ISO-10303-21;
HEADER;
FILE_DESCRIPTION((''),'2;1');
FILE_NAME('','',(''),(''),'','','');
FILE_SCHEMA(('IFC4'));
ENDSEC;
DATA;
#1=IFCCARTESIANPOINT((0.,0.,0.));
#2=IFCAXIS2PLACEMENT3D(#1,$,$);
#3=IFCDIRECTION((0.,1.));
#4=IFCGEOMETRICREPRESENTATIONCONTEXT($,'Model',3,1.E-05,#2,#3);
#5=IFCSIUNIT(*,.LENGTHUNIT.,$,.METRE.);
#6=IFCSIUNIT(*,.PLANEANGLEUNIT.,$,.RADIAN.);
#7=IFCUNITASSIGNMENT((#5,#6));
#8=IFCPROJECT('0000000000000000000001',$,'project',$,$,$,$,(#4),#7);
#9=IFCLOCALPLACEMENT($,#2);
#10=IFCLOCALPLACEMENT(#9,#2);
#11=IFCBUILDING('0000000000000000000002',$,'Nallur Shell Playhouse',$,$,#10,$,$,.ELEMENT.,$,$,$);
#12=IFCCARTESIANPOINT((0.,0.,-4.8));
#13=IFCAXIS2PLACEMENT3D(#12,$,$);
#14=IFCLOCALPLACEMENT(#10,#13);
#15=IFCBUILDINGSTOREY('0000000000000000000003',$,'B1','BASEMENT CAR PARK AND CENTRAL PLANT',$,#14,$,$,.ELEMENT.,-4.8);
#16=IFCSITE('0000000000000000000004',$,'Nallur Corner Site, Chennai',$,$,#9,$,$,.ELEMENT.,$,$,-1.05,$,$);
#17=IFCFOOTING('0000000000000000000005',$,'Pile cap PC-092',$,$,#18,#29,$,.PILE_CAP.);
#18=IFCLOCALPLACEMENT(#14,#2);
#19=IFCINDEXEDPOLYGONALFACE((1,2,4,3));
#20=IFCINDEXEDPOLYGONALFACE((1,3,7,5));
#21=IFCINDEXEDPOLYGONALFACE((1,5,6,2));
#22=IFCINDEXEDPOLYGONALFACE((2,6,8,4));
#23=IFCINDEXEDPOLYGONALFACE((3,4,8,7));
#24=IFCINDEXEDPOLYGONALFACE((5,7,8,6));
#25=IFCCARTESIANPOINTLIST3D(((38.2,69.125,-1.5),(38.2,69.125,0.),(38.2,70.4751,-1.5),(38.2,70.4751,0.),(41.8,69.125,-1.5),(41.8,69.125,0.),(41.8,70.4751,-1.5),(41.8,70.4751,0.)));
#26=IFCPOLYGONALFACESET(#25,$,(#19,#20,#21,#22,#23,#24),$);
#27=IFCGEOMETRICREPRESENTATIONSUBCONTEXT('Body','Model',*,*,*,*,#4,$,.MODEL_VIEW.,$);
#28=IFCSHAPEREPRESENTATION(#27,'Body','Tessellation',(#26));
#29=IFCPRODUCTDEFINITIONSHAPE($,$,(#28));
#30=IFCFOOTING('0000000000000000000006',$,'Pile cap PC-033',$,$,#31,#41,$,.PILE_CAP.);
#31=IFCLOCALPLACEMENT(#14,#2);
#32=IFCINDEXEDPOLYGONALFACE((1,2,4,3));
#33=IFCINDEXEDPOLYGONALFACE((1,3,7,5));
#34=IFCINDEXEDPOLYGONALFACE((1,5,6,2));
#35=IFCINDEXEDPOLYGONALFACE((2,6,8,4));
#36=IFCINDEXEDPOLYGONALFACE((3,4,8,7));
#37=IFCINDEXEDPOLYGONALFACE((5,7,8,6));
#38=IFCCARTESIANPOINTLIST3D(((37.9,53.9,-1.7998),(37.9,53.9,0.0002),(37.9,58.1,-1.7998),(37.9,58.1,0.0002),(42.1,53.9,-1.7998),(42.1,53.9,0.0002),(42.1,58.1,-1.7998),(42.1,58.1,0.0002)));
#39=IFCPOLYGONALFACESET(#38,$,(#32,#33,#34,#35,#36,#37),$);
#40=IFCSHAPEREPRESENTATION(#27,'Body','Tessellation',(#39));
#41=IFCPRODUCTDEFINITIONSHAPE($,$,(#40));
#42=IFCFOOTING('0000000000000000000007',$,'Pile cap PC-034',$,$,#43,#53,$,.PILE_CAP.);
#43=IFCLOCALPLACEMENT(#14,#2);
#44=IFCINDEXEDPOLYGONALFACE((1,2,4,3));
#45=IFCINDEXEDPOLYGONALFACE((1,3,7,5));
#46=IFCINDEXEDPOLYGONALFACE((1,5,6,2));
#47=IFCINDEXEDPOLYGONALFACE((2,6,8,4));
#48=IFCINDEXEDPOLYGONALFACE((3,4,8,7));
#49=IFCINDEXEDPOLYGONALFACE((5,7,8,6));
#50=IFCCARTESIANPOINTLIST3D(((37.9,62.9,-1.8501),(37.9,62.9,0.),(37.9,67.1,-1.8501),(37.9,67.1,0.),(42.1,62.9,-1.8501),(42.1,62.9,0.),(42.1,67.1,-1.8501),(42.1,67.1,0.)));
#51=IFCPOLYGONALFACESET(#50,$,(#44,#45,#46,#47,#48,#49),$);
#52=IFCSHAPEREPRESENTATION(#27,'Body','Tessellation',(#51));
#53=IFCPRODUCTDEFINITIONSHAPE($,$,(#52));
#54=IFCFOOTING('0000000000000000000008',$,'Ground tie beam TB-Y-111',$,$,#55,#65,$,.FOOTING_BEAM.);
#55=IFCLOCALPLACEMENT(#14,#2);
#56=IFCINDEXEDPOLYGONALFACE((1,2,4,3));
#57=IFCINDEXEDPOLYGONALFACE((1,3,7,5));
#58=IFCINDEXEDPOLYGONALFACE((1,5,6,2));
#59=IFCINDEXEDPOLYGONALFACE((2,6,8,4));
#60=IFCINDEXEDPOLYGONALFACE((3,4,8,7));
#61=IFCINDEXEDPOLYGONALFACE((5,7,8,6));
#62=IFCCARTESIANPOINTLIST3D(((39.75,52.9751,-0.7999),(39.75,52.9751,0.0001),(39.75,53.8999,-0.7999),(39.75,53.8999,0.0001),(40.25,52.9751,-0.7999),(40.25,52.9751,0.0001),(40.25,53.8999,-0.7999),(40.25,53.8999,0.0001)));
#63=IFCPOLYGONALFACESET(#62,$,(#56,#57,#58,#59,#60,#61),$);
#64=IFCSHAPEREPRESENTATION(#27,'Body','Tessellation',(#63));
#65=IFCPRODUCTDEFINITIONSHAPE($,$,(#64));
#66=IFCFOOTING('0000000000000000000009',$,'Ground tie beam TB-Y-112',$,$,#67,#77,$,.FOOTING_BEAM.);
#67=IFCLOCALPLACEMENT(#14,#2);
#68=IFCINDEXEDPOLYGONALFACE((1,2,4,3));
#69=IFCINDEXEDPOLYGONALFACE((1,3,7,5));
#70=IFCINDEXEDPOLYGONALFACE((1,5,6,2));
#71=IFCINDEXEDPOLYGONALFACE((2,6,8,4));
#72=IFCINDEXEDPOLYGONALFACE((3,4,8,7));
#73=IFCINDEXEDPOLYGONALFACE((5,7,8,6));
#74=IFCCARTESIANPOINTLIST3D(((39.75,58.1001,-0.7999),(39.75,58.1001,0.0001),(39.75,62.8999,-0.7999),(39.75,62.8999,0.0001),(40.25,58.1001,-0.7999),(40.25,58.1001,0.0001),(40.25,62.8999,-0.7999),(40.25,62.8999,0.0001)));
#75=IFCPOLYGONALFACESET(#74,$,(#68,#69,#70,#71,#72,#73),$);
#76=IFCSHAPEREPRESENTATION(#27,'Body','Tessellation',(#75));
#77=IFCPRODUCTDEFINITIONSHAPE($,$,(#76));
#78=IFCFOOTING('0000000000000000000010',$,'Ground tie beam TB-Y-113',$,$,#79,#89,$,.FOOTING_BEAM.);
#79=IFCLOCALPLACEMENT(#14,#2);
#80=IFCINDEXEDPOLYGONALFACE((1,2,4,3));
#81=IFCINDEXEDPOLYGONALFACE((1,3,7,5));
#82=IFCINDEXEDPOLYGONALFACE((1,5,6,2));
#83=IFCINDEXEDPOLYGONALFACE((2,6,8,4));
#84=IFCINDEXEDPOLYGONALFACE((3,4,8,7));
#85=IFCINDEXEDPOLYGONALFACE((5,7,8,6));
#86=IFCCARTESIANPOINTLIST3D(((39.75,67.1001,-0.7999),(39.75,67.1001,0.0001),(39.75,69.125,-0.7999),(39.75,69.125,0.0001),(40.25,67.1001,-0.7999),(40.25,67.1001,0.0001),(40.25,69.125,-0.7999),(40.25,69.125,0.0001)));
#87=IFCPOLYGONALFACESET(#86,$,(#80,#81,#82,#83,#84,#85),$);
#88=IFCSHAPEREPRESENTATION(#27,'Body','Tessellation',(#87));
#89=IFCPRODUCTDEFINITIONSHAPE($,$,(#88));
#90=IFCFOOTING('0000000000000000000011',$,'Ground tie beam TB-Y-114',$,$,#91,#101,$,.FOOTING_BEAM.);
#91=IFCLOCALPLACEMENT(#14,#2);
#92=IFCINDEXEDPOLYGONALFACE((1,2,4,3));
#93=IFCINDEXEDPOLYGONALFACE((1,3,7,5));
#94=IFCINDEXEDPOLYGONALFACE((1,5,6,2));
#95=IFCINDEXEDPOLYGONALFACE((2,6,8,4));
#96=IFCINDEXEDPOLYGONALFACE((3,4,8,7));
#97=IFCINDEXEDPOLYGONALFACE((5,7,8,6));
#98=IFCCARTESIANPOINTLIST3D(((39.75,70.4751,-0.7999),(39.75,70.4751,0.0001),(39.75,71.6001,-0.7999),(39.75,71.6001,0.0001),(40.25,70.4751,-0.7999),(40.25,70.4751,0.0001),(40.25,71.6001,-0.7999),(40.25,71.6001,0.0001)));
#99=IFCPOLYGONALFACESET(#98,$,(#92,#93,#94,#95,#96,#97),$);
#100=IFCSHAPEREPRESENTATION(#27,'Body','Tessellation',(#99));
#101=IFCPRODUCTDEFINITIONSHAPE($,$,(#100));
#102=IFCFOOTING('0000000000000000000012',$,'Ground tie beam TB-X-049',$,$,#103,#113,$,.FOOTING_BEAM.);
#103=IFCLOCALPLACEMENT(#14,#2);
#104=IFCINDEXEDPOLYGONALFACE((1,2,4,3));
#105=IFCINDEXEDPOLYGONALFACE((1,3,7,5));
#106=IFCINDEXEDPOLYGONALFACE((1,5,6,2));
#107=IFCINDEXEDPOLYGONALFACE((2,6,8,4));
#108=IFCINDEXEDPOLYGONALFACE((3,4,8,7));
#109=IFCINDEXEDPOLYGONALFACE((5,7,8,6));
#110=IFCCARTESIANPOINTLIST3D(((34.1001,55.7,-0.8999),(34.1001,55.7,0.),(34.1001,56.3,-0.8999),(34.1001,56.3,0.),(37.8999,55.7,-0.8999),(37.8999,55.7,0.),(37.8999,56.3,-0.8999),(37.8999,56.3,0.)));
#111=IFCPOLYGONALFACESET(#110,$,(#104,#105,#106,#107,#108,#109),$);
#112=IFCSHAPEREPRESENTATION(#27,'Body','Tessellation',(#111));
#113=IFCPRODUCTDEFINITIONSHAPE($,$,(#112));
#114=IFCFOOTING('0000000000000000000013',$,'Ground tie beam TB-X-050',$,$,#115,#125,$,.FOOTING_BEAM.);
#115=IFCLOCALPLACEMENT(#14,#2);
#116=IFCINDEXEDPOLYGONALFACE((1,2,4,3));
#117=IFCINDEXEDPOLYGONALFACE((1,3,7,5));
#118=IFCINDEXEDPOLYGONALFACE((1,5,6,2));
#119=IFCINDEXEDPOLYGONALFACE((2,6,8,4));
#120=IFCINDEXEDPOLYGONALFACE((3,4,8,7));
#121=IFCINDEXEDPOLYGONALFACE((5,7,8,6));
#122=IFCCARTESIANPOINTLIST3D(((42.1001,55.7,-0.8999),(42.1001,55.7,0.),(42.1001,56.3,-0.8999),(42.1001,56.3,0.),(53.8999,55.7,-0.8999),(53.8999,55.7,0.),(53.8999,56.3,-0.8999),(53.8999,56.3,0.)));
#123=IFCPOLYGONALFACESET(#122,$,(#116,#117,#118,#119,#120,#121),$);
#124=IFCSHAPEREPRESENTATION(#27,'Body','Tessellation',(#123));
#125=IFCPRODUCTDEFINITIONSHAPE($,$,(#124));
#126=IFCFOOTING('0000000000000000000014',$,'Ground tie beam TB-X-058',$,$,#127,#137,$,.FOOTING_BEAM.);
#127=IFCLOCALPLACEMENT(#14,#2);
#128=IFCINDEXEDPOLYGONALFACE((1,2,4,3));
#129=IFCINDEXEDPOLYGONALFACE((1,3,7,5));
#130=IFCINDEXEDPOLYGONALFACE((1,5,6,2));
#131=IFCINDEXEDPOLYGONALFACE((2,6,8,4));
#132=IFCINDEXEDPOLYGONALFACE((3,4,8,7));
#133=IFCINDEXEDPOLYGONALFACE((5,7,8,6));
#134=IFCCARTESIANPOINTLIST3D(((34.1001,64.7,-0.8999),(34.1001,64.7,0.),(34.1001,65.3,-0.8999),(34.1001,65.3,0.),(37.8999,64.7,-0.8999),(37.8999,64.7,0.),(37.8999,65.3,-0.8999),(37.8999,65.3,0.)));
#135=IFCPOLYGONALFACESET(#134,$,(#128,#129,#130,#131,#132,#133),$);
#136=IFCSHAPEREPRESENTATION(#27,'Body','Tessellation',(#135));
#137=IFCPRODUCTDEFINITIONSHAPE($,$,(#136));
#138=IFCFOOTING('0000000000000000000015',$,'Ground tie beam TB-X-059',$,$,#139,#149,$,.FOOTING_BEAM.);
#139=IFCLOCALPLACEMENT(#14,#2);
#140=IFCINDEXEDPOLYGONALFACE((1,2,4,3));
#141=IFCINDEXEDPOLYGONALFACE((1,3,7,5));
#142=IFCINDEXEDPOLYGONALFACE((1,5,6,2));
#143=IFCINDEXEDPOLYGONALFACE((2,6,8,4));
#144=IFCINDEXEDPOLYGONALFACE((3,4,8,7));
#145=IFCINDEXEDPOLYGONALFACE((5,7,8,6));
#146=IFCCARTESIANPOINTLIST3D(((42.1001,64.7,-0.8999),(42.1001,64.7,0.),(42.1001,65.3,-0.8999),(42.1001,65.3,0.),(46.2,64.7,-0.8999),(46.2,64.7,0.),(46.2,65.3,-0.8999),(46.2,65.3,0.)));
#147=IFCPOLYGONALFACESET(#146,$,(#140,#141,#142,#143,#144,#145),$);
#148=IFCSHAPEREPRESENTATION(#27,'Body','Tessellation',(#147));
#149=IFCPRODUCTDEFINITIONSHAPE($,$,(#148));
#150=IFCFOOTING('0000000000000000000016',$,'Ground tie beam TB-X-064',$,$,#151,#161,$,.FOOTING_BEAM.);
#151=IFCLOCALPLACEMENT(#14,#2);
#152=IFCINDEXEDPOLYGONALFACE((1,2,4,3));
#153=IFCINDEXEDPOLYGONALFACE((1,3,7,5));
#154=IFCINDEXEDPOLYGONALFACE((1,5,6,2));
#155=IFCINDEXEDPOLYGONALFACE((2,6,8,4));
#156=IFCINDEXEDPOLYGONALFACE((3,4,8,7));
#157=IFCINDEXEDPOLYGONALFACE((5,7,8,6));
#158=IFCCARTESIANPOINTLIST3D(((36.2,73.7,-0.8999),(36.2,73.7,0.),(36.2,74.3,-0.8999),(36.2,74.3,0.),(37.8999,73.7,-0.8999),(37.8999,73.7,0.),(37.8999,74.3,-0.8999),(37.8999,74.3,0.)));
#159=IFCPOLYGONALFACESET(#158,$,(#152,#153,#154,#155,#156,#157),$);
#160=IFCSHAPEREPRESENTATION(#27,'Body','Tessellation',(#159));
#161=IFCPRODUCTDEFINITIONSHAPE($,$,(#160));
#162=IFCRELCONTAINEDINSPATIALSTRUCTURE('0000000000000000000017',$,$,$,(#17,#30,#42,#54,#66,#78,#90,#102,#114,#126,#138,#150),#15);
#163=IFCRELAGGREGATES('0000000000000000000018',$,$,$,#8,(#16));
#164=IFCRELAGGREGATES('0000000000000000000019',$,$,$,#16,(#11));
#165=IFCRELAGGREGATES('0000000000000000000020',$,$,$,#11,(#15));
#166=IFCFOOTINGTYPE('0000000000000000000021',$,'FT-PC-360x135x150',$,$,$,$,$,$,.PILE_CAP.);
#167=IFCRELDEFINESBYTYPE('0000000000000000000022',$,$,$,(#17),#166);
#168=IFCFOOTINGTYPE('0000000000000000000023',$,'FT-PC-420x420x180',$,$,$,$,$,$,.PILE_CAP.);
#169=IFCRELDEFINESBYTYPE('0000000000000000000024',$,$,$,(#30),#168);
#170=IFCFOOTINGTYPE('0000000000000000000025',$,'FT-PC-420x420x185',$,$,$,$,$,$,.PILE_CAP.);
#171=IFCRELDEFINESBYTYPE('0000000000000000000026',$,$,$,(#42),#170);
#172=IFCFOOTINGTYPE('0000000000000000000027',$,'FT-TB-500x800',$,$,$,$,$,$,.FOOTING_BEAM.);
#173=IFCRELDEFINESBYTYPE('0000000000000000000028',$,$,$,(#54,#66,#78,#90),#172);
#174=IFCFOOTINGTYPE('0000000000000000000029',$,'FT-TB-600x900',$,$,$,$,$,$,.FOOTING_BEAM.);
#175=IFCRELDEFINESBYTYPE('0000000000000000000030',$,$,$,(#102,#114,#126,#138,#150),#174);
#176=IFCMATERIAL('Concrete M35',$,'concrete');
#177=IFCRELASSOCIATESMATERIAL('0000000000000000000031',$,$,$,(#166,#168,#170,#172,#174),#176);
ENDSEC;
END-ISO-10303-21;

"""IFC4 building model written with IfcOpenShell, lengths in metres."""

from ifc_helpers import new_model, si_unit, direction, frame, origin, origin_2d, place, context, subcontext, project, spatial, rectangle, extrude, material, material_profile, profile_set, type_object, element, save


model = new_model("IFC4")

# Units and contexts
model_context = context("Model", 3, precision=1e-05, world=origin(), true_north=direction((0.0, 1.0)))
body_context = subcontext(model_context, "Body", "Model", "MODEL_VIEW")
ifc_project = project(units=[si_unit("LENGTHUNIT", "METRE"), si_unit("PLANEANGLEUNIT", "RADIAN")], contexts=[model_context])

# Site, building, storey
site_placement = place(None, origin())
site = spatial("IfcSite", under=ifc_project, at=site_placement, Name="Nallur Corner Site, Chennai", CompositionType="ELEMENT", RefElevation=-1.05)
building_placement = place(site_placement, origin())
building = spatial("IfcBuilding", under=site, at=building_placement, Name="Nallur Shell Playhouse", CompositionType="ELEMENT")
storey_placement = place(building_placement, frame((0.0, 0.0, -4.8)))
storey = spatial("IfcBuildingStorey", under=building, at=storey_placement, Name="B1", Description="BASEMENT CAR PARK AND CENTRAL PLANT", CompositionType="ELEMENT", Elevation=-4.8)

# Footings
ifc_material_1 = material(Name="Concrete M35", Category="concrete")
footing_type_1 = type_object("IfcFootingType", Name="FT-PC-360x135x150", PredefinedType="PILE_CAP", material=ifc_material_1)
footing_1_placement = place(storey_placement, frame((40.0, 69.8, -1.5), z_axis=(0.0, 0.0, 1.0), x_axis=(1.0, 0.0, 0.0)))
element("IfcFooting", 1, at=footing_1_placement, inside=storey, type_object=footing_type_1, Name="Pile cap PC-092", PredefinedType="PILE_CAP", context=body_context, shape_type="SweptSolid", body=[
    extrude(rectangle(XDim=3.6001, YDim=1.3501, at=origin_2d()), origin(), (0.0, 0.0, 1.0), 1.5),
])
footing_type_2 = type_object("IfcFootingType", Name="FT-PC-420x420x180", PredefinedType="PILE_CAP", material=ifc_material_1)
footing_2_placement = place(storey_placement, frame((40.0, 56.0, -1.7998), z_axis=(0.0, 0.0, 1.0), x_axis=(1.0, 0.0, 0.0)))
element("IfcFooting", 2, at=footing_2_placement, inside=storey, type_object=footing_type_2, Name="Pile cap PC-033", PredefinedType="PILE_CAP", context=body_context, shape_type="SweptSolid", body=[
    extrude(rectangle(XDim=4.2, YDim=4.2, at=origin_2d()), origin(), (0.0, 0.0, 1.0), 1.8),
])
footing_type_3 = type_object("IfcFootingType", Name="FT-PC-420x420x185", PredefinedType="PILE_CAP", material=ifc_material_1)
footing_3_placement = place(storey_placement, frame((40.0, 65.0, -1.8501), z_axis=(0.0, 0.0, 1.0), x_axis=(1.0, 0.0, 0.0)))
element("IfcFooting", 3, at=footing_3_placement, inside=storey, type_object=footing_type_3, Name="Pile cap PC-034", PredefinedType="PILE_CAP", context=body_context, shape_type="SweptSolid", body=[
    extrude(rectangle(XDim=4.2, YDim=4.2, at=origin_2d()), origin(), (0.0, 0.0, 1.0), 1.8501),
])
ifc_material_profile_1 = material_profile(ifc_material_1, rectangle(XDim=0.5, YDim=0.8, at=origin_2d()), Name="RC 500x800")
ifc_profile_set_1 = profile_set([ifc_material_profile_1], Name="Concrete M35")
footing_type_4 = type_object("IfcFootingType", Name="FT-TB-500x800", PredefinedType="FOOTING_BEAM", material=ifc_profile_set_1)
footing_4_placement = place(storey_placement, frame((40.0, 52.9751, -0.3999), z_axis=(0.0, 1.0, 0.0), x_axis=(-1.0, 0.0, 0.0)))
element("IfcFooting", 4, at=footing_4_placement, inside=storey, type_object=footing_type_4, Name="Ground tie beam TB-Y-111", PredefinedType="FOOTING_BEAM", context=body_context, shape_type="SweptSolid", body=[
    extrude(rectangle(XDim=0.5, YDim=0.8, at=origin_2d()), origin(), (0.0, 0.0, 1.0), 0.9248),
])
footing_5_placement = place(storey_placement, frame((40.0, 58.1001, -0.3999), z_axis=(0.0, 1.0, 0.0), x_axis=(-1.0, 0.0, 0.0)))
element("IfcFooting", 5, at=footing_5_placement, inside=storey, type_object=footing_type_4, Name="Ground tie beam TB-Y-112", PredefinedType="FOOTING_BEAM", context=body_context, shape_type="SweptSolid", body=[
    extrude(rectangle(XDim=0.5, YDim=0.8, at=origin_2d()), origin(), (0.0, 0.0, 1.0), 4.7998),
])
footing_6_placement = place(storey_placement, frame((40.0, 67.1001, -0.3999), z_axis=(0.0, 1.0, 0.0), x_axis=(-1.0, 0.0, 0.0)))
element("IfcFooting", 6, at=footing_6_placement, inside=storey, type_object=footing_type_4, Name="Ground tie beam TB-Y-113", PredefinedType="FOOTING_BEAM", context=body_context, shape_type="SweptSolid", body=[
    extrude(rectangle(XDim=0.5, YDim=0.8, at=origin_2d()), origin(), (0.0, 0.0, 1.0), 2.0249),
])
footing_7_placement = place(storey_placement, frame((40.0, 70.4751, -0.3999), z_axis=(0.0, 1.0, 0.0), x_axis=(-1.0, 0.0, 0.0)))
element("IfcFooting", 7, at=footing_7_placement, inside=storey, type_object=footing_type_4, Name="Ground tie beam TB-Y-114", PredefinedType="FOOTING_BEAM", context=body_context, shape_type="SweptSolid", body=[
    extrude(rectangle(XDim=0.5, YDim=0.8, at=origin_2d()), origin(), (0.0, 0.0, 1.0), 1.125),
])
ifc_material_profile_2 = material_profile(ifc_material_1, rectangle(XDim=0.6001, YDim=0.8999, at=origin_2d()), Name="RC 600x900")
ifc_profile_set_2 = profile_set([ifc_material_profile_2], Name="Concrete M35")
footing_type_5 = type_object("IfcFootingType", Name="FT-TB-600x900", PredefinedType="FOOTING_BEAM", material=ifc_profile_set_2)
footing_8_placement = place(storey_placement, frame((34.1001, 56.0, -0.45), z_axis=(1.0, 0.0, 0.0), x_axis=(0.0, 1.0, 0.0)))
element("IfcFooting", 8, at=footing_8_placement, inside=storey, type_object=footing_type_5, Name="Ground tie beam TB-X-049", PredefinedType="FOOTING_BEAM", context=body_context, shape_type="SweptSolid", body=[
    extrude(rectangle(XDim=0.6001, YDim=0.8999, at=origin_2d()), origin(), (0.0, 0.0, 1.0), 3.7998),
])
footing_9_placement = place(storey_placement, frame((42.1001, 56.0, -0.45), z_axis=(1.0, 0.0, 0.0), x_axis=(0.0, 1.0, 0.0)))
element("IfcFooting", 9, at=footing_9_placement, inside=storey, type_object=footing_type_5, Name="Ground tie beam TB-X-050", PredefinedType="FOOTING_BEAM", context=body_context, shape_type="SweptSolid", body=[
    extrude(rectangle(XDim=0.6001, YDim=0.8999, at=origin_2d()), origin(), (0.0, 0.0, 1.0), 11.7998),
])
footing_10_placement = place(storey_placement, frame((34.1001, 65.0, -0.45), z_axis=(1.0, 0.0, 0.0), x_axis=(0.0, 1.0, 0.0)))
element("IfcFooting", 10, at=footing_10_placement, inside=storey, type_object=footing_type_5, Name="Ground tie beam TB-X-058", PredefinedType="FOOTING_BEAM", context=body_context, shape_type="SweptSolid", body=[
    extrude(rectangle(XDim=0.6001, YDim=0.8999, at=origin_2d()), origin(), (0.0, 0.0, 1.0), 3.7998),
])
footing_11_placement = place(storey_placement, frame((42.1001, 65.0, -0.45), z_axis=(1.0, 0.0, 0.0), x_axis=(0.0, 1.0, 0.0)))
element("IfcFooting", 11, at=footing_11_placement, inside=storey, type_object=footing_type_5, Name="Ground tie beam TB-X-059", PredefinedType="FOOTING_BEAM", context=body_context, shape_type="SweptSolid", body=[
    extrude(rectangle(XDim=0.6001, YDim=0.8999, at=origin_2d()), origin(), (0.0, 0.0, 1.0), 4.0999),
])
footing_12_placement = place(storey_placement, frame((36.2, 74.0, -0.45), z_axis=(1.0, 0.0, 0.0), x_axis=(0.0, 1.0, 0.0)))
element("IfcFooting", 12, at=footing_12_placement, inside=storey, type_object=footing_type_5, Name="Ground tie beam TB-X-064", PredefinedType="FOOTING_BEAM", context=body_context, shape_type="SweptSolid", body=[
    extrude(rectangle(XDim=0.6001, YDim=0.8999, at=origin_2d()), origin(), (0.0, 0.0, 1.0), 1.7),
])

save(model, "model.ifc")
